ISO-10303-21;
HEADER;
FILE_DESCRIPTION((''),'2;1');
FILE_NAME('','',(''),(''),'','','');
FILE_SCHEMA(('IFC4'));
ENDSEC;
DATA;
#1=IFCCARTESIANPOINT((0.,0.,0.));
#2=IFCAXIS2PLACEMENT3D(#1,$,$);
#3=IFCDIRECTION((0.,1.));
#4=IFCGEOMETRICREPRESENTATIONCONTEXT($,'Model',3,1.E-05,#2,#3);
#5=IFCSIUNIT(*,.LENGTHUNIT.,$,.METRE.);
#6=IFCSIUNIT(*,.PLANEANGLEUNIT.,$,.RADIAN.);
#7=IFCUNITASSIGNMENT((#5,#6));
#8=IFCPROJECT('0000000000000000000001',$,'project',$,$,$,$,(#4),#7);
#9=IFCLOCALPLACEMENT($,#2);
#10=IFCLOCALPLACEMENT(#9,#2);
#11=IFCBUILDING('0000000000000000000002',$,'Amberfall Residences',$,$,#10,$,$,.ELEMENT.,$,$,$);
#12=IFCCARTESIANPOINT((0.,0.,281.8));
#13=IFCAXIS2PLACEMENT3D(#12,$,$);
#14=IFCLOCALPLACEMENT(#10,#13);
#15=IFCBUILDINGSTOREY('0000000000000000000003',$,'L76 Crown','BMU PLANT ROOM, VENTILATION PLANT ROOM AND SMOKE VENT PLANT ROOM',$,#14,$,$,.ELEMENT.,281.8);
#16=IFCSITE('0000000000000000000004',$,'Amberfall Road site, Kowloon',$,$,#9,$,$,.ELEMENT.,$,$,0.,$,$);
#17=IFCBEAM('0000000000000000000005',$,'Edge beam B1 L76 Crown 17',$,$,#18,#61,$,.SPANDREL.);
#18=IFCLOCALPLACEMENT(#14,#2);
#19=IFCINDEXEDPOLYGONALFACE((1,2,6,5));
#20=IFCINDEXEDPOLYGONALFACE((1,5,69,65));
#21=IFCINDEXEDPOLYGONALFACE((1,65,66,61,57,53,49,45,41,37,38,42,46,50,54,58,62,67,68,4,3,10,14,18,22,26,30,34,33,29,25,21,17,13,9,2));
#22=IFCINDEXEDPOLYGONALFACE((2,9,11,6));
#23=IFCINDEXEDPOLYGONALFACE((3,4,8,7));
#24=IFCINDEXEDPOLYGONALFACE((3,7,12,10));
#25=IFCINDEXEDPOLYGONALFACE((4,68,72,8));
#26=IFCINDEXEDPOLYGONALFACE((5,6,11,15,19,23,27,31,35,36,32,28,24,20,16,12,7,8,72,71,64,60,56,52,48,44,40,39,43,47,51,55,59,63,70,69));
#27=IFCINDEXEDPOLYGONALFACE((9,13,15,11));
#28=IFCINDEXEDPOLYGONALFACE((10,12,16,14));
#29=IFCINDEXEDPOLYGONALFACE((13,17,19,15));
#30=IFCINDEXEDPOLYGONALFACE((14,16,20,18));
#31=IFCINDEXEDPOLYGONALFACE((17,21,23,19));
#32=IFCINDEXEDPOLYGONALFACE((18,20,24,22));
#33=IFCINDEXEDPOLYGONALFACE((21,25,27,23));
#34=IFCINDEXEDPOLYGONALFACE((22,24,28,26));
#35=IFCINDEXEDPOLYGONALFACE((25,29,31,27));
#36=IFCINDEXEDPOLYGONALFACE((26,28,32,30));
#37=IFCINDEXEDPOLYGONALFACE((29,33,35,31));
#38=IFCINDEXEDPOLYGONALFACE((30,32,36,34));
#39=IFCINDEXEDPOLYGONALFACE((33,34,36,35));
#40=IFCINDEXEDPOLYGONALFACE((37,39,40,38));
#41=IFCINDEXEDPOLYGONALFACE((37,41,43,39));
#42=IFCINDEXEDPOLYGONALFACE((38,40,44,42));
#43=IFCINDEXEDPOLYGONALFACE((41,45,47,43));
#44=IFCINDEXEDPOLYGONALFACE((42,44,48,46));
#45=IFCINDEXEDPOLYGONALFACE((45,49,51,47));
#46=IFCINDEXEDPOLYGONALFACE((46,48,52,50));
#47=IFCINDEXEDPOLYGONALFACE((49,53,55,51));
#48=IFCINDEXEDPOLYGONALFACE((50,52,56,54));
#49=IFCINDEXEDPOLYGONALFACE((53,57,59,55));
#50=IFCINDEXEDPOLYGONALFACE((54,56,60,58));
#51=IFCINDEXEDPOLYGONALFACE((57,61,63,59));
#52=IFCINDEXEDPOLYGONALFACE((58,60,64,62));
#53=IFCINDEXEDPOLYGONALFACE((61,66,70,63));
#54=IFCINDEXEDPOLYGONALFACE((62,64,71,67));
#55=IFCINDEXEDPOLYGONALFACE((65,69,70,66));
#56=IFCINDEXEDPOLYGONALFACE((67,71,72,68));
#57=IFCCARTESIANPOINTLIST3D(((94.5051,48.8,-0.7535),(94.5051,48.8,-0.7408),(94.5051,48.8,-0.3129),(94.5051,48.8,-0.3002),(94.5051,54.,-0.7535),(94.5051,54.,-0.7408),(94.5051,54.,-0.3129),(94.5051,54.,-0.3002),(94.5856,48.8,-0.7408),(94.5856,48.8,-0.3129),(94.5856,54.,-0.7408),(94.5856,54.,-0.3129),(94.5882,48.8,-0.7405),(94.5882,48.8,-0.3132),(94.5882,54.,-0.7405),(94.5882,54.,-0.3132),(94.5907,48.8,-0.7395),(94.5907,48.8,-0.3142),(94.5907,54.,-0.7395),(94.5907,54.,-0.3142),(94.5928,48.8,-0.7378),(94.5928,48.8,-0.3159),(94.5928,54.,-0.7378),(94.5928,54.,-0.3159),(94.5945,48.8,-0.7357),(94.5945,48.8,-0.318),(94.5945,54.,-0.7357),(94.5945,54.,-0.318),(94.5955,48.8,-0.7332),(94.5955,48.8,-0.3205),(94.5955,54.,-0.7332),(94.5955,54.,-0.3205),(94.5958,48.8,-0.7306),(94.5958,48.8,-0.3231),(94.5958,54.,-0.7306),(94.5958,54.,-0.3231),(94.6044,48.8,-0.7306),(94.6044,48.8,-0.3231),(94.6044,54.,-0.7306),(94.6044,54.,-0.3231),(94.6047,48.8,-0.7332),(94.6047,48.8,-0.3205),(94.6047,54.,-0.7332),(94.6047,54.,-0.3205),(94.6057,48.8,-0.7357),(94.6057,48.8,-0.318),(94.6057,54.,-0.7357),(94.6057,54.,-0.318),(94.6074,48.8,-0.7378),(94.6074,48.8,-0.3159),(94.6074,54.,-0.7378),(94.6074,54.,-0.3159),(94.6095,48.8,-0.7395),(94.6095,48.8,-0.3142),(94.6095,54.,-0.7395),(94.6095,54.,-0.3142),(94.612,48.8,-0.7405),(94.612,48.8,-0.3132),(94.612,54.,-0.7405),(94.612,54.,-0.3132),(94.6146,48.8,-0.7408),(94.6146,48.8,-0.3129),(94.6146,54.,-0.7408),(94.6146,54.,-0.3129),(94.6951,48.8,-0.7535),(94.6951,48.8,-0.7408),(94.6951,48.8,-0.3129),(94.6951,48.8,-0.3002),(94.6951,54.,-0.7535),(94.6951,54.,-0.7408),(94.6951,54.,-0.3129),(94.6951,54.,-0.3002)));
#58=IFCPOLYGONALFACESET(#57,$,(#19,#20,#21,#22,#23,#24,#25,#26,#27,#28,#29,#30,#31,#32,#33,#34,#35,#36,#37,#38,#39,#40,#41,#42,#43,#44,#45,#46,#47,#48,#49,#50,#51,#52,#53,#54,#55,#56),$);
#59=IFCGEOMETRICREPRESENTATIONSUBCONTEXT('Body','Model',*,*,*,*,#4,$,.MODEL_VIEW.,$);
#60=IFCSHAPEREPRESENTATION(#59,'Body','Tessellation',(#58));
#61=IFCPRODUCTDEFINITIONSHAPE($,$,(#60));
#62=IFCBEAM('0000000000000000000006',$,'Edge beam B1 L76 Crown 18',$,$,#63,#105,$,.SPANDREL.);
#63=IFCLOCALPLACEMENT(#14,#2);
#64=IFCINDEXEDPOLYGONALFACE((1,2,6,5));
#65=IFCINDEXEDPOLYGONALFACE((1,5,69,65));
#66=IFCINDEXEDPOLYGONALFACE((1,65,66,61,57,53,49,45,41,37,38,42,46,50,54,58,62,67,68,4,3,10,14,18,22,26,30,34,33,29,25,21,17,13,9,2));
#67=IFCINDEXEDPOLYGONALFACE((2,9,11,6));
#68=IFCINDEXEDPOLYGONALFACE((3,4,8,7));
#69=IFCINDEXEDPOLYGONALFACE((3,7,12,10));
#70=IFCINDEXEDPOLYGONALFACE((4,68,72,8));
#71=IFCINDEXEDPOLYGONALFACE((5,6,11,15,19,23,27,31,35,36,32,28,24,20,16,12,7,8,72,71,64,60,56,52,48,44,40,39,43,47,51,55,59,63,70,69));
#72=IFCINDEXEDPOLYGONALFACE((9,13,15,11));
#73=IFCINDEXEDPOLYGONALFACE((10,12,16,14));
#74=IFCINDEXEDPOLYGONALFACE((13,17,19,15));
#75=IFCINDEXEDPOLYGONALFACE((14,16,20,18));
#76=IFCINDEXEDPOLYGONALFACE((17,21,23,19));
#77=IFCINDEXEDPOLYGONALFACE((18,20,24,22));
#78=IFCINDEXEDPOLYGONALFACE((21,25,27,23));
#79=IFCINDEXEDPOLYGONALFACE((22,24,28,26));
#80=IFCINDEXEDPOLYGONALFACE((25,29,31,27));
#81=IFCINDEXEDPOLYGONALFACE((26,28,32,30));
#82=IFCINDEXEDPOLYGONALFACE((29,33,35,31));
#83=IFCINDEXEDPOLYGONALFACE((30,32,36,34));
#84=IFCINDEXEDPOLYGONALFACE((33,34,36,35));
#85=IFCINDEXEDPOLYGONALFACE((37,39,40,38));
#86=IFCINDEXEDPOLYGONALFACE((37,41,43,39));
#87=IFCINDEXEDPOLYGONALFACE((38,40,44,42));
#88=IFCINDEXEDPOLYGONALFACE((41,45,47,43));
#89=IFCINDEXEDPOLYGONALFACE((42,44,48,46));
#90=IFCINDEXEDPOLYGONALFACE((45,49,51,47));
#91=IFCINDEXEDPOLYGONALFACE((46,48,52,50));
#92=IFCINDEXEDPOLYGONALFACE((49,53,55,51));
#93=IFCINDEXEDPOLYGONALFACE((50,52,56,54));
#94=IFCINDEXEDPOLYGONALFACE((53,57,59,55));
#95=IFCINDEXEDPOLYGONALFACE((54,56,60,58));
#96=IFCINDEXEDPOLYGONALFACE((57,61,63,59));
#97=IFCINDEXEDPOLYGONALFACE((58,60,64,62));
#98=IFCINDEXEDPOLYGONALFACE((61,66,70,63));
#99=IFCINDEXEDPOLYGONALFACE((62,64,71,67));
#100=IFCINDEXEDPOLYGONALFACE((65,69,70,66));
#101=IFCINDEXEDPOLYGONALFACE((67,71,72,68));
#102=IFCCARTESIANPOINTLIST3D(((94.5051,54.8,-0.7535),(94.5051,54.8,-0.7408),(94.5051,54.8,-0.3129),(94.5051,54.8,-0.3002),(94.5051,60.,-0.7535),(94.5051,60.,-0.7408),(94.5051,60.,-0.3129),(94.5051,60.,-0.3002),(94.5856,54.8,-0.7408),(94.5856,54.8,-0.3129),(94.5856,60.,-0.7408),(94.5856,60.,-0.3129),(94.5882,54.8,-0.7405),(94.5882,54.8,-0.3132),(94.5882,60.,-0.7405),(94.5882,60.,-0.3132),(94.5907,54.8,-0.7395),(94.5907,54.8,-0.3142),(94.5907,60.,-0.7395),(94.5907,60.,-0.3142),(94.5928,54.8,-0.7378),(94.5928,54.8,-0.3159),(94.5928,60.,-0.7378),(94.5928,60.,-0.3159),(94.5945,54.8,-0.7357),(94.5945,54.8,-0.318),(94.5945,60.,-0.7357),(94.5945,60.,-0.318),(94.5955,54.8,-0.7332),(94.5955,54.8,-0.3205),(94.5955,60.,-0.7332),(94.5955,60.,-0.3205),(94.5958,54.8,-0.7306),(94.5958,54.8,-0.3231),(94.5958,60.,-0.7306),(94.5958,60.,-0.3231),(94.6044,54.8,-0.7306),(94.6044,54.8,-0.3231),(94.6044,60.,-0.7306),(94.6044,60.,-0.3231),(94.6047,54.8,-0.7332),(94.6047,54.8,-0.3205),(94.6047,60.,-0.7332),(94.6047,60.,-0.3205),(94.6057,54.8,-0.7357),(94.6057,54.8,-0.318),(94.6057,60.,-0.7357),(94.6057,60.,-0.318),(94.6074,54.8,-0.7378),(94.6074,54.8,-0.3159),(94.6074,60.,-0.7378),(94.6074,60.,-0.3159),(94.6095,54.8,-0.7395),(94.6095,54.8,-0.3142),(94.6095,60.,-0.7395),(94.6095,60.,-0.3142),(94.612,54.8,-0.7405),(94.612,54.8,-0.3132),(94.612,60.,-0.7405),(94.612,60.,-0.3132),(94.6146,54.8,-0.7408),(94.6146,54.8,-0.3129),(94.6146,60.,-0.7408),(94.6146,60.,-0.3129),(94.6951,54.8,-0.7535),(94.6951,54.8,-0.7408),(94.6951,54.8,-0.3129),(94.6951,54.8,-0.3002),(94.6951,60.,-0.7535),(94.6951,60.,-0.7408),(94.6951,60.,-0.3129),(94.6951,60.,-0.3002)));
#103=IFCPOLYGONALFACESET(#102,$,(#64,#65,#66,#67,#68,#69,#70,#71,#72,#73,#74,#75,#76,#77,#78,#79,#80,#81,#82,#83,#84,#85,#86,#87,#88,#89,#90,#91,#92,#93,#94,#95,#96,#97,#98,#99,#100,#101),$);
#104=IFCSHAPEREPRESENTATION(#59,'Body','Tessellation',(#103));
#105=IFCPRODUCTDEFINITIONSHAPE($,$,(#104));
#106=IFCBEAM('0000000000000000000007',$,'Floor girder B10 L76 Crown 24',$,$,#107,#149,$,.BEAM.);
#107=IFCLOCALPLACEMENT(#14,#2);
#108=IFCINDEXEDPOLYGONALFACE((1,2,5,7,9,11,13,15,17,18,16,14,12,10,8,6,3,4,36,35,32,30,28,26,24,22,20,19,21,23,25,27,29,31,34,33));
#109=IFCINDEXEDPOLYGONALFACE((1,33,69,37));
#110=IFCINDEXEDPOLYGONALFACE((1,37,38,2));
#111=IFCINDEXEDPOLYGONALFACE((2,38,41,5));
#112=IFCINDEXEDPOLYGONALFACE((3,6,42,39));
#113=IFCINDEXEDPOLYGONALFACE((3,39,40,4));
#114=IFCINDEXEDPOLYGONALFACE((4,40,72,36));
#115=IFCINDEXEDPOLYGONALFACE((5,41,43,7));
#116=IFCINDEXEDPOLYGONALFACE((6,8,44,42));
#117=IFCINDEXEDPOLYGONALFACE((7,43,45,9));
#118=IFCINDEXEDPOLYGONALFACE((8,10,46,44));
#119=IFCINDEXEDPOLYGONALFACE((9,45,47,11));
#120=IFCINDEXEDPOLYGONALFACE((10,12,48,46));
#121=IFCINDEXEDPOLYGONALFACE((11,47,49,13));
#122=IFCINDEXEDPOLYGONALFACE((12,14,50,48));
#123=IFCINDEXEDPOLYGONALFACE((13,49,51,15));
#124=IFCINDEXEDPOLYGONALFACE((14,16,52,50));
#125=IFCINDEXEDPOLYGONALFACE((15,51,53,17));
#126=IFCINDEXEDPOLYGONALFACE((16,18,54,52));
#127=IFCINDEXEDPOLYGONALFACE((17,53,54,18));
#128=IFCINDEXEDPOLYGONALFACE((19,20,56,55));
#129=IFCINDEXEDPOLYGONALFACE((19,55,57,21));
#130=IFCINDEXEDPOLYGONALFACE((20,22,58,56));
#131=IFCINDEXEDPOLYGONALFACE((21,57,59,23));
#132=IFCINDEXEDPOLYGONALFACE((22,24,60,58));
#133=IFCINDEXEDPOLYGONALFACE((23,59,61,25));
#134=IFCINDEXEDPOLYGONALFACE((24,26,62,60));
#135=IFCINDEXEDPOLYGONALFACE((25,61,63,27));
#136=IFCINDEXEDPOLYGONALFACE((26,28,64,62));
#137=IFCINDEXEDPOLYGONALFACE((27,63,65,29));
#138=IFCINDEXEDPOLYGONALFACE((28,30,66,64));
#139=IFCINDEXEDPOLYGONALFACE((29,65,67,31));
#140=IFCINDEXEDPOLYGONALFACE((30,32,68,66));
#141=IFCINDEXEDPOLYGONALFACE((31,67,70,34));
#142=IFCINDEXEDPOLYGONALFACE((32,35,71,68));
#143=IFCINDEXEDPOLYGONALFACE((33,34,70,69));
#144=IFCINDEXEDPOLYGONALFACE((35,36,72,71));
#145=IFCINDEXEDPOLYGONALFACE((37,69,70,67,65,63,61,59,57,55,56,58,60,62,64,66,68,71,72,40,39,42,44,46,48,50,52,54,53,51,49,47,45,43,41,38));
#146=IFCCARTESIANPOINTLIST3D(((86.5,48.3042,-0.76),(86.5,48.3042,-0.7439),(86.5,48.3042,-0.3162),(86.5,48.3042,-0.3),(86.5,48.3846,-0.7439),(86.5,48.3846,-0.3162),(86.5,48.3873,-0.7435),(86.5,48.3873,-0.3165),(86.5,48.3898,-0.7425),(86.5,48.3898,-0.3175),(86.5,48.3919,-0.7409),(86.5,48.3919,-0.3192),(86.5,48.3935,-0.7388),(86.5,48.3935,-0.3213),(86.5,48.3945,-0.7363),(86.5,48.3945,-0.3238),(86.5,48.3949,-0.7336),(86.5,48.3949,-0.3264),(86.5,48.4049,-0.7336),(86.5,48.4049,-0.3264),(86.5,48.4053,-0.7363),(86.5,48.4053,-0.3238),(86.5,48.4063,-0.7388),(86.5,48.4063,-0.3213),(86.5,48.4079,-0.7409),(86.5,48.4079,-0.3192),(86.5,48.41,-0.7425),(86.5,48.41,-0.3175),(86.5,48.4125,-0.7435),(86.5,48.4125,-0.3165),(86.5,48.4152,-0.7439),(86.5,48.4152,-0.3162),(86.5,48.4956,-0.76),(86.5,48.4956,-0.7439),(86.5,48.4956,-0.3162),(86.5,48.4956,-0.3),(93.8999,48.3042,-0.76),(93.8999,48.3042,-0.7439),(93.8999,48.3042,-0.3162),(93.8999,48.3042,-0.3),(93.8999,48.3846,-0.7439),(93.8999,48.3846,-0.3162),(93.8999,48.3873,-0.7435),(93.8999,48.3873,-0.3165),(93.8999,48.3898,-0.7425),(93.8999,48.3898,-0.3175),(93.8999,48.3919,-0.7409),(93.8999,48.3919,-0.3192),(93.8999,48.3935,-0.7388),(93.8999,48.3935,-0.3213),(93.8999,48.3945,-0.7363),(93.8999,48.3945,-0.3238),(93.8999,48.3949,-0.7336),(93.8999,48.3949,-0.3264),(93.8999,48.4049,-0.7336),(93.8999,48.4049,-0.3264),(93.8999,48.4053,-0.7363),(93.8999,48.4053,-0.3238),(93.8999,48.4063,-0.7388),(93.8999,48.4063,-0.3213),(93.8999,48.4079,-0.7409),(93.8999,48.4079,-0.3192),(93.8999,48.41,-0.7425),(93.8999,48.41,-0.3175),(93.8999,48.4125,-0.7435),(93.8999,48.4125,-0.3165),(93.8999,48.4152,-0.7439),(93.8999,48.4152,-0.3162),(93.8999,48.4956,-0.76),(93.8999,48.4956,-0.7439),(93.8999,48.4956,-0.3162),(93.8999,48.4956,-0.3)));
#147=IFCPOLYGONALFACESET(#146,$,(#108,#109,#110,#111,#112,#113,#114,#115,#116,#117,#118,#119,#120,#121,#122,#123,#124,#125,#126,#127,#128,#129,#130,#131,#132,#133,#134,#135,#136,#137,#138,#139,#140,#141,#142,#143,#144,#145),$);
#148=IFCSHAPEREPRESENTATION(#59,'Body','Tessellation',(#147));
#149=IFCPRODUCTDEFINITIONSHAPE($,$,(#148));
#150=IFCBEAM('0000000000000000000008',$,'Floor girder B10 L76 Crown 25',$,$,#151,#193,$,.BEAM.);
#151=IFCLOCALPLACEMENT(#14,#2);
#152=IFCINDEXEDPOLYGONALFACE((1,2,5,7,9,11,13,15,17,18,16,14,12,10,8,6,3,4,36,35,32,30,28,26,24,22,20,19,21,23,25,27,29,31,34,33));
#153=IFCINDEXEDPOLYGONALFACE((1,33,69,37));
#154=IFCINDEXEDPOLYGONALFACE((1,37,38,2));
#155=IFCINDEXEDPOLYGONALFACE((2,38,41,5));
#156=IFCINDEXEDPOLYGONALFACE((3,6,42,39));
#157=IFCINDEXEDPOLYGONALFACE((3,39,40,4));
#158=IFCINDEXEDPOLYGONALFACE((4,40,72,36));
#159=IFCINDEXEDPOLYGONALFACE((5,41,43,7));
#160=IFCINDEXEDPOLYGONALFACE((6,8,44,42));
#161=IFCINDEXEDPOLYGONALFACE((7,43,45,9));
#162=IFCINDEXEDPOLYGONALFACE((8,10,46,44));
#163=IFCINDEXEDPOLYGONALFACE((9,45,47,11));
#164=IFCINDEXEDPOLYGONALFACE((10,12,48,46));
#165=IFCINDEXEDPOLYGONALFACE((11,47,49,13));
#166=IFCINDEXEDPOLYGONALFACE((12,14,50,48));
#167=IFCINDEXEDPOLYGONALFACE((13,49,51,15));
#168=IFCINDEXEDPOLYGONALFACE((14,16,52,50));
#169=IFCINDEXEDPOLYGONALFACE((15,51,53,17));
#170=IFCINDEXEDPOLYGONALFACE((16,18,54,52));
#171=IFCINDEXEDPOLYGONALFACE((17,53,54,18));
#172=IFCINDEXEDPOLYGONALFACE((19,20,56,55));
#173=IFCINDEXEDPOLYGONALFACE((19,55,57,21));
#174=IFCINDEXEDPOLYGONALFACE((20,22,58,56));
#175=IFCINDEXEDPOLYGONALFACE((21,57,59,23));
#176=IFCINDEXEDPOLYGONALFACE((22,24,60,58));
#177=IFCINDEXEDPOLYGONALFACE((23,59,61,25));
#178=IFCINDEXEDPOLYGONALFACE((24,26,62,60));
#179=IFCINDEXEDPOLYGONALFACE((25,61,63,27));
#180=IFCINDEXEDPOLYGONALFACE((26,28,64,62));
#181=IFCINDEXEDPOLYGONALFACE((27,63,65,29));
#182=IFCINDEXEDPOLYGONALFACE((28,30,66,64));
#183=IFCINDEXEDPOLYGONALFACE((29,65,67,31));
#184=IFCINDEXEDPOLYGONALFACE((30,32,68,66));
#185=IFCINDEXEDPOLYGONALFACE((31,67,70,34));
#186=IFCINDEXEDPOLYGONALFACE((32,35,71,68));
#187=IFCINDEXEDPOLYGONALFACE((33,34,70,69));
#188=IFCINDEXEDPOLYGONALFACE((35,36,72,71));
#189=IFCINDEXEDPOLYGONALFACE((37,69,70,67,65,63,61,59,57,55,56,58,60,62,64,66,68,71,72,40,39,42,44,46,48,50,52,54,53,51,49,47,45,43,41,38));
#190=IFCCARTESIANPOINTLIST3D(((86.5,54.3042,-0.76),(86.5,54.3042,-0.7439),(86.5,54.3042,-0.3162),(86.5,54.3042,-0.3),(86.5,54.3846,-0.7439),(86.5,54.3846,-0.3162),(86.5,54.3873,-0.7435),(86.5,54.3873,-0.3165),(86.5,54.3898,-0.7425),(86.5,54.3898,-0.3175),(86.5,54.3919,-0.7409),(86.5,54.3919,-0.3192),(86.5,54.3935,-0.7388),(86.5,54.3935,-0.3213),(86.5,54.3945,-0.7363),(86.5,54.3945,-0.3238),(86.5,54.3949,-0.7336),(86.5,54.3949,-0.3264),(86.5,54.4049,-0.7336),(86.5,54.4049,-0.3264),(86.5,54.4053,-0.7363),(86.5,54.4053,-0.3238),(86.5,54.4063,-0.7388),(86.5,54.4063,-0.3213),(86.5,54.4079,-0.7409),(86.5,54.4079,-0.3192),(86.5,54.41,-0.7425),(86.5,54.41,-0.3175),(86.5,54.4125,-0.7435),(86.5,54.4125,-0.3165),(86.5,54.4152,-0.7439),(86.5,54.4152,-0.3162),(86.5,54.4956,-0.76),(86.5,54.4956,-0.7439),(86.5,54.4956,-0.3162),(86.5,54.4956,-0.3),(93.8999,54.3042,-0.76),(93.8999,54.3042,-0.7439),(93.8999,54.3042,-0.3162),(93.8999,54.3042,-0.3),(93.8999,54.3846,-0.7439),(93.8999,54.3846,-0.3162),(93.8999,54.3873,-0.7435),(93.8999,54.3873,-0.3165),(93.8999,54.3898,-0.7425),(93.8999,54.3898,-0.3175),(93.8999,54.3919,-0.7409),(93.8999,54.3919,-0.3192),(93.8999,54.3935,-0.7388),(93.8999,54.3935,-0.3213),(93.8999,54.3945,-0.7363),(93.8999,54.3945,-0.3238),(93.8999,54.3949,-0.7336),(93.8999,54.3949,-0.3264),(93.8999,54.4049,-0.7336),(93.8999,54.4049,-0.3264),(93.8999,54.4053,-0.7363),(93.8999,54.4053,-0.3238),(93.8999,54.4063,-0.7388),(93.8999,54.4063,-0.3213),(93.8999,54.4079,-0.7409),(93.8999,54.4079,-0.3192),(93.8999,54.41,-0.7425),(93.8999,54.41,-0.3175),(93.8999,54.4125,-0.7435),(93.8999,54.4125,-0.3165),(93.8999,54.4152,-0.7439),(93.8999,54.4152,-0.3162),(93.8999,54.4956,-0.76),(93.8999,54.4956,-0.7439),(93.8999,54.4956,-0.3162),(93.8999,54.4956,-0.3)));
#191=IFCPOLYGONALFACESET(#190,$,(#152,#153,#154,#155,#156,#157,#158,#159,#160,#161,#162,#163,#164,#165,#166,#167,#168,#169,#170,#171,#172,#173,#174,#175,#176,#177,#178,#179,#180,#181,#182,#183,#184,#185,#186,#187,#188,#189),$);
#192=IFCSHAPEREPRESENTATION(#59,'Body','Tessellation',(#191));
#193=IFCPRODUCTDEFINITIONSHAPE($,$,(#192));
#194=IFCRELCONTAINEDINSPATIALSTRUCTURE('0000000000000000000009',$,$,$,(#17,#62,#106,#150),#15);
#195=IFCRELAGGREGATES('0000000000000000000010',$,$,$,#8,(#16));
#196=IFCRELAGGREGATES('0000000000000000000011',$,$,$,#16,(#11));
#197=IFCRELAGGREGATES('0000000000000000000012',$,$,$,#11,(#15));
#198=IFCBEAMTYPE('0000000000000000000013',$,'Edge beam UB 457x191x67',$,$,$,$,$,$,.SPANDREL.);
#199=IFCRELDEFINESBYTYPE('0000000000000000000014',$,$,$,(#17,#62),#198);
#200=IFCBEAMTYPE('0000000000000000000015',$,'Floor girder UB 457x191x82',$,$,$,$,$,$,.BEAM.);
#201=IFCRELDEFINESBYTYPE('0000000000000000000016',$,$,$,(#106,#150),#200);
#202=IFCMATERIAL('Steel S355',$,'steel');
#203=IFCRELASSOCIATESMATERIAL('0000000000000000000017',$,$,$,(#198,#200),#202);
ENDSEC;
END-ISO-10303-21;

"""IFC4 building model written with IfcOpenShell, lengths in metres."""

from ifc_helpers import new_model, si_unit, direction, frame, origin, origin_2d, place, context, subcontext, project, spatial, i_section, extrude, material, material_profile, profile_set, type_object, element, save


model = new_model("IFC4")

# Units and contexts
model_context = context("Model", 3, precision=1e-05, world=origin(), true_north=direction((0.0, 1.0)))
body_context = subcontext(model_context, "Body", "Model", "MODEL_VIEW")
ifc_project = project(units=[si_unit("LENGTHUNIT", "METRE"), si_unit("PLANEANGLEUNIT", "RADIAN")], contexts=[model_context])

# Site, building, storey
site_placement = place(None, origin())
site = spatial("IfcSite", under=ifc_project, at=site_placement, Name="Amberfall Road site, Kowloon", CompositionType="ELEMENT", RefElevation=0.0)
building_placement = place(site_placement, origin())
building = spatial("IfcBuilding", under=site, at=building_placement, Name="Amberfall Residences", CompositionType="ELEMENT")
storey_placement = place(building_placement, frame((0.0, 0.0, 281.8)))
storey = spatial("IfcBuildingStorey", under=building, at=storey_placement, Name="L76 Crown", Description="BMU PLANT ROOM, VENTILATION PLANT ROOM AND SMOKE VENT PLANT ROOM", CompositionType="ELEMENT", Elevation=281.8)

# Beams
ifc_material_1 = material(Name="Steel S355", Category="steel")
ifc_material_profile_1 = material_profile(ifc_material_1, i_section(OverallWidth=0.1899, OverallDepth=0.4534, WebThickness=0.0085, FlangeThickness=0.0127, FilletRadius=0.0103, at=origin_2d()), Name="UB 457x191x67")
ifc_profile_set_1 = profile_set([ifc_material_profile_1], Name="Steel S355")
beam_type_1 = type_object("IfcBeamType", Name="Edge beam UB 457x191x67", PredefinedType="SPANDREL", material=ifc_profile_set_1)
for number, where, z_axis, x_axis, name in (
    (1, (94.6001, 48.8, -0.5269), (0.0, 1.0, 0.0), (-1.0, 0.0, 0.0), "Edge beam B1 L76 Crown 17"),
    (2, (94.6001, 54.8, -0.5269), (0.0, 1.0, 0.0), (-1.0, 0.0, 0.0), "Edge beam B1 L76 Crown 18"),
):
    element("IfcBeam", number, at=place(storey_placement, frame(where, z_axis=z_axis, x_axis=x_axis)), inside=storey, type_object=beam_type_1, Name=name, PredefinedType="SPANDREL", context=body_context, shape_type="SweptSolid", body=[
        extrude(i_section(OverallWidth=0.1899, OverallDepth=0.4534, WebThickness=0.0085, FlangeThickness=0.0127, FilletRadius=0.0103, at=origin_2d()), origin(), (0.0, 0.0, 1.0), 5.2),
    ])
ifc_material_profile_2 = material_profile(ifc_material_1, i_section(OverallWidth=0.1914, OverallDepth=0.46, WebThickness=0.01, FlangeThickness=0.0161, FilletRadius=0.0103, at=origin_2d()), Name="UB 457x191x82")
ifc_profile_set_2 = profile_set([ifc_material_profile_2], Name="Steel S355")
beam_type_2 = type_object("IfcBeamType", Name="Floor girder UB 457x191x82", PredefinedType="BEAM", material=ifc_profile_set_2)
for number, where, z_axis, x_axis, name in (
    (3, (93.8999, 48.3999, -0.53), (-1.0, 0.0, 0.0), (0.0, -1.0, 0.0), "Floor girder B10 L76 Crown 24"),
    (4, (93.8999, 54.3999, -0.53), (-1.0, 0.0, 0.0), (0.0, -1.0, 0.0), "Floor girder B10 L76 Crown 25"),
):
    element("IfcBeam", number, at=place(storey_placement, frame(where, z_axis=z_axis, x_axis=x_axis)), inside=storey, type_object=beam_type_2, Name=name, PredefinedType="BEAM", context=body_context, shape_type="SweptSolid", body=[
        extrude(i_section(OverallWidth=0.1914, OverallDepth=0.46, WebThickness=0.01, FlangeThickness=0.0161, FilletRadius=0.0103, at=origin_2d()), origin(), (0.0, 0.0, 1.0), 7.3999),
    ])

save(model, "model.ifc")
